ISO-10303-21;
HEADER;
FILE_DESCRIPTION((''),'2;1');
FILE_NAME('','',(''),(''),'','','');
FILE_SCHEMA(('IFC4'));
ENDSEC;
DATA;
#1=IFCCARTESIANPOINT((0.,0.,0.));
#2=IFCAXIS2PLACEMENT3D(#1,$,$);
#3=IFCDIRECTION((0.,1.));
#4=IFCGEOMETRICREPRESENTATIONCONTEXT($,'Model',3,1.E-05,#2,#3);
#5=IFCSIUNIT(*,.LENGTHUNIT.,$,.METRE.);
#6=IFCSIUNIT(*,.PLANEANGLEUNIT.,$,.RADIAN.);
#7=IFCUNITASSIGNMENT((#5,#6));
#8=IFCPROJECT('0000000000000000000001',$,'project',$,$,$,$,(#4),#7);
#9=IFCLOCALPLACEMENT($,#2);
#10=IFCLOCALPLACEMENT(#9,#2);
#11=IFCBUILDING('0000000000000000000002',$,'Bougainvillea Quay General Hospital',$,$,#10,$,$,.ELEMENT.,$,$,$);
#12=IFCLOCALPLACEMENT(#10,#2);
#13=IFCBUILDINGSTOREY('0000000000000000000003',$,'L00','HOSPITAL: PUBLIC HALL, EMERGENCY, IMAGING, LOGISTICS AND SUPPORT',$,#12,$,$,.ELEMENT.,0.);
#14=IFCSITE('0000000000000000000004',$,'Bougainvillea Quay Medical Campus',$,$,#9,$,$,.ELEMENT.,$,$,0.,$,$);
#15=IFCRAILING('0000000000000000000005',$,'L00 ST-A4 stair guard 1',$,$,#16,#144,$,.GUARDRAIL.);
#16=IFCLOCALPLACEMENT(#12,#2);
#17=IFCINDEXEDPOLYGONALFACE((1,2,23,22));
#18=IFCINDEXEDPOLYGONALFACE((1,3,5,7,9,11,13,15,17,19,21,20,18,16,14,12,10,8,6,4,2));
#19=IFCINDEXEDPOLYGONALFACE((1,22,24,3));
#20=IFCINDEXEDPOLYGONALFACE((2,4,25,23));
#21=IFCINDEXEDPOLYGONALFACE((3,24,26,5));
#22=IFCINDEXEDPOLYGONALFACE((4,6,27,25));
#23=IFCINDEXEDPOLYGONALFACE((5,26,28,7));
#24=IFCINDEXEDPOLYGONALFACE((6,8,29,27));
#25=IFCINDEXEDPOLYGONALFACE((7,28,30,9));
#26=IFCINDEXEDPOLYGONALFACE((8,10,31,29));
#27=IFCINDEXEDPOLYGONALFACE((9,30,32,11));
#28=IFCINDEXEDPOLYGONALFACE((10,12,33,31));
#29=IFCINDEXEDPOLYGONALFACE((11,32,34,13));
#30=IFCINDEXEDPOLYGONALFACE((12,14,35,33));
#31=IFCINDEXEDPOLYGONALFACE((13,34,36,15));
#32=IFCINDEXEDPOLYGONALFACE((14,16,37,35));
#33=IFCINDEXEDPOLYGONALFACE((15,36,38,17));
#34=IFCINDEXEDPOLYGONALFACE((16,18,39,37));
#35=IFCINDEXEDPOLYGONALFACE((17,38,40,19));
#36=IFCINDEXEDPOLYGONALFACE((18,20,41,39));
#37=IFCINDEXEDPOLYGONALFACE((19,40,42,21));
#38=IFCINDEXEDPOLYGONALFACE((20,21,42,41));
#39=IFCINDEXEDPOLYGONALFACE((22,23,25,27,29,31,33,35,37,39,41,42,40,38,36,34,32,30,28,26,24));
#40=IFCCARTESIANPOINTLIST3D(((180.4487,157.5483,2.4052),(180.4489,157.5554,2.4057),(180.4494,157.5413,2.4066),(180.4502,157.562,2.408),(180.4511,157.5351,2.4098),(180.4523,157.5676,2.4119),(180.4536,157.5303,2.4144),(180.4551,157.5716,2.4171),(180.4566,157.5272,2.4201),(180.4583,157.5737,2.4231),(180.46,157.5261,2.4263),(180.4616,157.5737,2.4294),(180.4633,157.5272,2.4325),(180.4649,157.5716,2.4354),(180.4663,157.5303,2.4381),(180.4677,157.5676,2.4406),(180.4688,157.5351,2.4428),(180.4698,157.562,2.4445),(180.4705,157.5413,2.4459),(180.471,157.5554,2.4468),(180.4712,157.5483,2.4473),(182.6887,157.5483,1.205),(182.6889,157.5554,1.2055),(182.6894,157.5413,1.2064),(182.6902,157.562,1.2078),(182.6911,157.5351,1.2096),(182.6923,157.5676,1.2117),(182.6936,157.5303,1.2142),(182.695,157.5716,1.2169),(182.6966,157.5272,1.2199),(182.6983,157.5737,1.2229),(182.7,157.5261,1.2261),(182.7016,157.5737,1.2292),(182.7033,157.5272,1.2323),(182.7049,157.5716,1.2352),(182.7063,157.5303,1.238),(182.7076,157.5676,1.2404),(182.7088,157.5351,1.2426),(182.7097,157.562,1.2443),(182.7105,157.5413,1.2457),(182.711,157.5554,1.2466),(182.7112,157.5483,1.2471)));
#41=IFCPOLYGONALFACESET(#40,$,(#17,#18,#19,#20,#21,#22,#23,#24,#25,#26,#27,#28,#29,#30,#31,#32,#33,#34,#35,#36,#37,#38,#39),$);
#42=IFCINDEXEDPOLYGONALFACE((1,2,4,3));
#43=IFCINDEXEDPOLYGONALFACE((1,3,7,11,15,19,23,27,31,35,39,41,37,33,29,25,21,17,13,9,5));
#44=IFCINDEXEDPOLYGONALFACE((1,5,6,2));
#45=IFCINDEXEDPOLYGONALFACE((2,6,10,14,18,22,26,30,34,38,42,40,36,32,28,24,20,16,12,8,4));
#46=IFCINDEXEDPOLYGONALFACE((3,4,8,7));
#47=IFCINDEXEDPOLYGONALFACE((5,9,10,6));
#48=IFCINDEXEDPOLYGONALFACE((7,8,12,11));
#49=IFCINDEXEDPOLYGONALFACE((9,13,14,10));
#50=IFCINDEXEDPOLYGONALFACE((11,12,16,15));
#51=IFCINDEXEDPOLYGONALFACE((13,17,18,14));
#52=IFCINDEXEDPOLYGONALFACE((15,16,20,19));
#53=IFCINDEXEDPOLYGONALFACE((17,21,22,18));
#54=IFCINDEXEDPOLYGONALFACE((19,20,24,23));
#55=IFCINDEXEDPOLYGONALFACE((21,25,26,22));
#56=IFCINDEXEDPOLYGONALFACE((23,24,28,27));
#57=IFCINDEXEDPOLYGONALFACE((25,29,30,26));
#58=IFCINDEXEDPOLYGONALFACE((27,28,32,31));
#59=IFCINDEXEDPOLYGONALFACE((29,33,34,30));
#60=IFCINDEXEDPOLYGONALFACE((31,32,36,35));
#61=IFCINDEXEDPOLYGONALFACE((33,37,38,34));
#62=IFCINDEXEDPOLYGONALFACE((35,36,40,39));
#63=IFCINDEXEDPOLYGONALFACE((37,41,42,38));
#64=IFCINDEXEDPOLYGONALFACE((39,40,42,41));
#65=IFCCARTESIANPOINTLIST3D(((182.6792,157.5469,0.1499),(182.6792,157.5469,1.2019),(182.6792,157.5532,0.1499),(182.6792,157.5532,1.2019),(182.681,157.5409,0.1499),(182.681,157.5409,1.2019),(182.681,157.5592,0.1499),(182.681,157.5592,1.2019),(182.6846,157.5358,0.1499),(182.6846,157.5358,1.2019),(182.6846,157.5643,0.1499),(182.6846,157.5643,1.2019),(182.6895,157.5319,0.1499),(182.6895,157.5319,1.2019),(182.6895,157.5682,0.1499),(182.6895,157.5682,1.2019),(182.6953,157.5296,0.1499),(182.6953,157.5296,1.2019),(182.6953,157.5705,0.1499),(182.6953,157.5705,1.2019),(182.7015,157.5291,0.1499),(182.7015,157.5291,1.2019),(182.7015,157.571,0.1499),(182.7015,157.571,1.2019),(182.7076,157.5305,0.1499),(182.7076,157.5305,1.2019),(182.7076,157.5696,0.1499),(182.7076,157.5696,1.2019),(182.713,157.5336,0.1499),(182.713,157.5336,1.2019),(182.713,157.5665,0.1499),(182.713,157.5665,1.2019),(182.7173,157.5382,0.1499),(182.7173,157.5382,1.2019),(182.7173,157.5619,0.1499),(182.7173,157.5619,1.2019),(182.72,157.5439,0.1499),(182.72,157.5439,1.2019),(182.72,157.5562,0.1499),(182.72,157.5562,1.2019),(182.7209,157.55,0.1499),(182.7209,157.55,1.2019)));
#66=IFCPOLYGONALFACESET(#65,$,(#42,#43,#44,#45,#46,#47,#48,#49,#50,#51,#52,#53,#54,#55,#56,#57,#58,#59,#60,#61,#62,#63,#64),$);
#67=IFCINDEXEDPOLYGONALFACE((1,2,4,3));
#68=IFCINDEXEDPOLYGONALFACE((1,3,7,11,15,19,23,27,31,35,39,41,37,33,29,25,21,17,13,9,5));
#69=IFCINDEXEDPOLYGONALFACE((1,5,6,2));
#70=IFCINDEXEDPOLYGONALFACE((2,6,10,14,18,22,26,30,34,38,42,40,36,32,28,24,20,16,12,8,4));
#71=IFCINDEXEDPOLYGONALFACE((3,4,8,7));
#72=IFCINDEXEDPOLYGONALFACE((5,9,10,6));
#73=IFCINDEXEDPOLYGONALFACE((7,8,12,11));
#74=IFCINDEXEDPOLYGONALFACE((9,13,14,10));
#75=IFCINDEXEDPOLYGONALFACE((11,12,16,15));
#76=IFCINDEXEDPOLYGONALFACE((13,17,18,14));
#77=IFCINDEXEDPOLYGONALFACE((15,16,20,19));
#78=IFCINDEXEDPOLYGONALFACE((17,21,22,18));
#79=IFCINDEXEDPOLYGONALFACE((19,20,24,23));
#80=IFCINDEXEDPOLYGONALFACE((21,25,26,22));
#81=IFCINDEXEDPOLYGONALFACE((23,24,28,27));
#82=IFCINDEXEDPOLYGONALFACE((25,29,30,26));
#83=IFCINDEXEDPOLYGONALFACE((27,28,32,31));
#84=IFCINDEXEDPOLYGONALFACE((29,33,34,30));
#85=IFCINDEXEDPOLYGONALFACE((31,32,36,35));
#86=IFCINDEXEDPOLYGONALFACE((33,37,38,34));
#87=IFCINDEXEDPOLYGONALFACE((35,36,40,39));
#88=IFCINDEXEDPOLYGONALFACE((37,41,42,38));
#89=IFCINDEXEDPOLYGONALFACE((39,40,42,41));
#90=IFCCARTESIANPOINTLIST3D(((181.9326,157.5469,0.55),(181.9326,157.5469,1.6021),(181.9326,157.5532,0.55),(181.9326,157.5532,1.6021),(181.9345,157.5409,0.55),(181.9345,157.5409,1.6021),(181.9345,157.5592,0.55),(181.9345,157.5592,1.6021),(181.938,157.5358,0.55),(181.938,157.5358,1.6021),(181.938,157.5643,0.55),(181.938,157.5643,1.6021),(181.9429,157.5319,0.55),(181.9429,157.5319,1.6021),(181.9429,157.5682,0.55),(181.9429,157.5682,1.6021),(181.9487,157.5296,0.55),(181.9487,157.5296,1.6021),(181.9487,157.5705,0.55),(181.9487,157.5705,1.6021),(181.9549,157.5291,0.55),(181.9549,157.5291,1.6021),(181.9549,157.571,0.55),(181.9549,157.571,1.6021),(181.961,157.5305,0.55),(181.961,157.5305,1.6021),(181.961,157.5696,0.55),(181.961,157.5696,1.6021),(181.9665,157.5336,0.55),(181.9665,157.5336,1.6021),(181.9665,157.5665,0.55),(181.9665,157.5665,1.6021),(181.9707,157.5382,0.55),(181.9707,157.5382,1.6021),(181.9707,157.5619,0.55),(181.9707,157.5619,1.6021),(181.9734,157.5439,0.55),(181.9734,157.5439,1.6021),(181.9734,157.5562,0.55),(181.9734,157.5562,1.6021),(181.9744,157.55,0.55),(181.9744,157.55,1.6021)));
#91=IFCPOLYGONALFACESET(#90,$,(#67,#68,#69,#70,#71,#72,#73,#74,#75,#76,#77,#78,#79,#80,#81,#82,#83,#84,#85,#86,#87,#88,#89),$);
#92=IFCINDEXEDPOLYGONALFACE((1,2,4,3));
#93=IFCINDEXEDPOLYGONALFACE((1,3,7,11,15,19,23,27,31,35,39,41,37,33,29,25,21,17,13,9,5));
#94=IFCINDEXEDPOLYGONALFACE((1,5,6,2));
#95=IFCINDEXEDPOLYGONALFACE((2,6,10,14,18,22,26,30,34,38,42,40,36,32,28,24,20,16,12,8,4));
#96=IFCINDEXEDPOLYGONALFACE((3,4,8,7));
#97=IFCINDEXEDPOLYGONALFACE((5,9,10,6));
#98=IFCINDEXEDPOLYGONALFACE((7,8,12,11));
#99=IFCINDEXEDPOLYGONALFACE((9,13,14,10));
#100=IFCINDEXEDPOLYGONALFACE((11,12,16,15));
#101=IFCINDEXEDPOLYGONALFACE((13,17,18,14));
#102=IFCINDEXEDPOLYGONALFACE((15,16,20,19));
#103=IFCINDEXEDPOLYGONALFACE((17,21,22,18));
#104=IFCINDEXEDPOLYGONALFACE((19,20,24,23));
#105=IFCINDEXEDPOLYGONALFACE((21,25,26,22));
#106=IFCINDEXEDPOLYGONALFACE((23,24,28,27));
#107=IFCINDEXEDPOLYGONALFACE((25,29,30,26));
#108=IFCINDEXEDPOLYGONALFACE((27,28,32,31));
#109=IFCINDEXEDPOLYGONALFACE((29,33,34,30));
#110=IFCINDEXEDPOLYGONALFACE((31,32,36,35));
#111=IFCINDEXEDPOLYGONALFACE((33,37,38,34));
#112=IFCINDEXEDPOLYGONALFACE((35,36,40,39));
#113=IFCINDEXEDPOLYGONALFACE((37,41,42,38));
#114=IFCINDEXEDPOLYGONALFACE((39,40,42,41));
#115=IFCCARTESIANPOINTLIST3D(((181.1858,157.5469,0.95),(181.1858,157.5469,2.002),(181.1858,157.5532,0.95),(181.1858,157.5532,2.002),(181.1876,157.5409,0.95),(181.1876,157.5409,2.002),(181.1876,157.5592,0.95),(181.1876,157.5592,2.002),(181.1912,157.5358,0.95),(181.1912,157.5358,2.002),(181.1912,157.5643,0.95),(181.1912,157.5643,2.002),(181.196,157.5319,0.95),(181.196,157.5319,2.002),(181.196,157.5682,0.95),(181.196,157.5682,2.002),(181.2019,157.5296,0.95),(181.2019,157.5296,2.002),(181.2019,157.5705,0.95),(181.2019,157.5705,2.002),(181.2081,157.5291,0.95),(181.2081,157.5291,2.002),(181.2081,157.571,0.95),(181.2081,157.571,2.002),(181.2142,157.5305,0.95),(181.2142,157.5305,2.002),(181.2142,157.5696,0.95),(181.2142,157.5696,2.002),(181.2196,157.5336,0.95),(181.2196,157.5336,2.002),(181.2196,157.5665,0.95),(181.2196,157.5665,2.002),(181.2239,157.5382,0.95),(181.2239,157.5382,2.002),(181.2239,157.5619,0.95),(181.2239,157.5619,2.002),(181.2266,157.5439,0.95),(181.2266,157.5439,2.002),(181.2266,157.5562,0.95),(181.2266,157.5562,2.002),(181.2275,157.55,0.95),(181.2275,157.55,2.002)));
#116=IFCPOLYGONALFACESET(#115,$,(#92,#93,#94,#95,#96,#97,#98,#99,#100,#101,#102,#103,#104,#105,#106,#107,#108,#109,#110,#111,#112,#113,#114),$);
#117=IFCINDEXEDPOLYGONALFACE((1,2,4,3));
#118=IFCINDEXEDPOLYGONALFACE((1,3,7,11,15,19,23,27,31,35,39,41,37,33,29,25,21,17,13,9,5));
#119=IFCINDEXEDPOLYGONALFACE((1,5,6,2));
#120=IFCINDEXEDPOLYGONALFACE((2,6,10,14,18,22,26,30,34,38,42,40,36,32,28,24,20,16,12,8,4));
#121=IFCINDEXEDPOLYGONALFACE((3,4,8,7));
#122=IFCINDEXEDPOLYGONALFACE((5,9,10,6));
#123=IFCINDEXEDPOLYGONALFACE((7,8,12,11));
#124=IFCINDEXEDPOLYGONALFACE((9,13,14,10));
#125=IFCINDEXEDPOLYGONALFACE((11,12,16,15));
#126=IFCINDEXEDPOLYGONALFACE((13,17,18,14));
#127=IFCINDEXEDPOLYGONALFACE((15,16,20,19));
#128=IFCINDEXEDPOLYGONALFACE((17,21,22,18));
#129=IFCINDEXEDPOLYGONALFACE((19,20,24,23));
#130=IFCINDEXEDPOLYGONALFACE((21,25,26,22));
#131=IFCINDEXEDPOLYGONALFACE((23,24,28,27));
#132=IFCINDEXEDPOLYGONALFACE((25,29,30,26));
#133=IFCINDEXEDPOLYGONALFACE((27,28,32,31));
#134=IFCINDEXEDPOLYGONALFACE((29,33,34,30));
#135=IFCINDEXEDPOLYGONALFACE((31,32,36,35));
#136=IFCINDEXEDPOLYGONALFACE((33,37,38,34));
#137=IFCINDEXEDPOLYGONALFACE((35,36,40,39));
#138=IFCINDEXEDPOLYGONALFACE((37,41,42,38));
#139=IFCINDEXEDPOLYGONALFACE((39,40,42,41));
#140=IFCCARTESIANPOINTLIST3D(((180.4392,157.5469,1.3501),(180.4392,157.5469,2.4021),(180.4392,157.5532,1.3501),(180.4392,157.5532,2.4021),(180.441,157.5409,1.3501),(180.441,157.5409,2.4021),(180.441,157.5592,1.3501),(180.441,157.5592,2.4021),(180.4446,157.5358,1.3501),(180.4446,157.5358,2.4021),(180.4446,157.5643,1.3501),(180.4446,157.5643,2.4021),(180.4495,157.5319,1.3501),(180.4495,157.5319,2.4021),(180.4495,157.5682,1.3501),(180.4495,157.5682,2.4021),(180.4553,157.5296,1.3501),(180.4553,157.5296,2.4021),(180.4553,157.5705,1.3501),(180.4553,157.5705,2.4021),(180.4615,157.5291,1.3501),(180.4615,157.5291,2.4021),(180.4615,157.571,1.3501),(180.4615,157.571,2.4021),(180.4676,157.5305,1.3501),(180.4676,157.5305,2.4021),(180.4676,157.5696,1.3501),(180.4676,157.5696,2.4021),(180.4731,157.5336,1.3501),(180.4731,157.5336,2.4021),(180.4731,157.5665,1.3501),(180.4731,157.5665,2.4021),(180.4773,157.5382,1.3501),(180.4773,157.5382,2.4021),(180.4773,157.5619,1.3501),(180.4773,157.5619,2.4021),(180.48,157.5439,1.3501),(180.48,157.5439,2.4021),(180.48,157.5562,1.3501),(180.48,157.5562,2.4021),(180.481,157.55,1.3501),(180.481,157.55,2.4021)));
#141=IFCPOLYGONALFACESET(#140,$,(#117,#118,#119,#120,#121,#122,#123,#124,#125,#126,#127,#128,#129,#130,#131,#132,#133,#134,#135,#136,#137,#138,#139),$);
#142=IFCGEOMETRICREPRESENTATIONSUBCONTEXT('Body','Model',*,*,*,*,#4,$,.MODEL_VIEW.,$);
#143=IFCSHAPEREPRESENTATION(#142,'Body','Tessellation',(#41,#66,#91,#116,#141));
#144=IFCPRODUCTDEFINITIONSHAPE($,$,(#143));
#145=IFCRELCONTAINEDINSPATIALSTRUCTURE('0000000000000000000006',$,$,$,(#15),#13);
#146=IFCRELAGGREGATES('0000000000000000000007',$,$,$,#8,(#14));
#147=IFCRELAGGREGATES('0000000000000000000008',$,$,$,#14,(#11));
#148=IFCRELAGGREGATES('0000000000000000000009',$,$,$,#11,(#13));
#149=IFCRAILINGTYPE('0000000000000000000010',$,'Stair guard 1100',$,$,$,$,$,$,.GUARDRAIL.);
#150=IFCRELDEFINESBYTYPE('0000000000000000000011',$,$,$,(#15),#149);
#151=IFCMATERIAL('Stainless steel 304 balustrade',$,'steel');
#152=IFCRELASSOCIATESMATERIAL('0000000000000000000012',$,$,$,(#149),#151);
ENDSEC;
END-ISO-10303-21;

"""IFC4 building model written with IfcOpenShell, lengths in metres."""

from ifc_helpers import new_model, si_unit, direction, frame, origin, origin_2d, place, context, subcontext, project, spatial, circle, extrude, material, type_object, element, save


model = new_model("IFC4")

# Units and contexts
model_context = context("Model", 3, precision=1e-05, world=origin(), true_north=direction((0.0, 1.0)))
body_context = subcontext(model_context, "Body", "Model", "MODEL_VIEW")
ifc_project = project(units=[si_unit("LENGTHUNIT", "METRE"), si_unit("PLANEANGLEUNIT", "RADIAN")], contexts=[model_context])

# Site, building, storey
site_placement = place(None, origin())
site = spatial("IfcSite", under=ifc_project, at=site_placement, Name="Bougainvillea Quay Medical Campus", CompositionType="ELEMENT", RefElevation=0.0)
building_placement = place(site_placement, origin())
building = spatial("IfcBuilding", under=site, at=building_placement, Name="Bougainvillea Quay General Hospital", CompositionType="ELEMENT")
storey_placement = place(building_placement, origin())
storey = spatial("IfcBuildingStorey", under=building, at=storey_placement, Name="L00", Description="HOSPITAL: PUBLIC HALL, EMERGENCY, IMAGING, LOGISTICS AND SUPPORT", CompositionType="ELEMENT", Elevation=0.0)

# Railing
ifc_material_1 = material(Name="Stainless steel 304 balustrade", Category="steel")
railing_type_1 = type_object("IfcRailingType", Name="Stair guard 1100", PredefinedType="GUARDRAIL", material=ifc_material_1)
railing_1_placement = place(storey_placement, frame((182.7, 157.55, 0.1499)))
element("IfcRailing", 1, at=railing_1_placement, inside=storey, type_object=railing_type_1, Name="L00 ST-A4 stair guard 1", PredefinedType="GUARDRAIL", context=body_context, shape_type="SweptSolid", body=[
    extrude(circle(Radius=0.0239, at=origin_2d()), frame((0.0, 0.0, 1.0762), z_axis=(-0.881447, 0.0, 0.472283), x_axis=(0.0, -1.0, 0.0)), (0.0, 0.0, 1.0), 2.5413),
    extrude(circle(Radius=0.021, at=origin_2d()), origin(), (0.0, 0.0, 1.0), 1.052),
    extrude(circle(Radius=0.021, at=origin_2d()), frame((-0.7466, 0.0, 0.4001)), (0.0, 0.0, 1.0), 1.052),
    extrude(circle(Radius=0.021, at=origin_2d()), frame((-1.4934, 0.0, 0.8)), (0.0, 0.0, 1.0), 1.052),
    extrude(circle(Radius=0.021, at=origin_2d()), frame((-2.24, 0.0, 1.2002)), (0.0, 0.0, 1.0), 1.052),
])

save(model, "model.ifc")
